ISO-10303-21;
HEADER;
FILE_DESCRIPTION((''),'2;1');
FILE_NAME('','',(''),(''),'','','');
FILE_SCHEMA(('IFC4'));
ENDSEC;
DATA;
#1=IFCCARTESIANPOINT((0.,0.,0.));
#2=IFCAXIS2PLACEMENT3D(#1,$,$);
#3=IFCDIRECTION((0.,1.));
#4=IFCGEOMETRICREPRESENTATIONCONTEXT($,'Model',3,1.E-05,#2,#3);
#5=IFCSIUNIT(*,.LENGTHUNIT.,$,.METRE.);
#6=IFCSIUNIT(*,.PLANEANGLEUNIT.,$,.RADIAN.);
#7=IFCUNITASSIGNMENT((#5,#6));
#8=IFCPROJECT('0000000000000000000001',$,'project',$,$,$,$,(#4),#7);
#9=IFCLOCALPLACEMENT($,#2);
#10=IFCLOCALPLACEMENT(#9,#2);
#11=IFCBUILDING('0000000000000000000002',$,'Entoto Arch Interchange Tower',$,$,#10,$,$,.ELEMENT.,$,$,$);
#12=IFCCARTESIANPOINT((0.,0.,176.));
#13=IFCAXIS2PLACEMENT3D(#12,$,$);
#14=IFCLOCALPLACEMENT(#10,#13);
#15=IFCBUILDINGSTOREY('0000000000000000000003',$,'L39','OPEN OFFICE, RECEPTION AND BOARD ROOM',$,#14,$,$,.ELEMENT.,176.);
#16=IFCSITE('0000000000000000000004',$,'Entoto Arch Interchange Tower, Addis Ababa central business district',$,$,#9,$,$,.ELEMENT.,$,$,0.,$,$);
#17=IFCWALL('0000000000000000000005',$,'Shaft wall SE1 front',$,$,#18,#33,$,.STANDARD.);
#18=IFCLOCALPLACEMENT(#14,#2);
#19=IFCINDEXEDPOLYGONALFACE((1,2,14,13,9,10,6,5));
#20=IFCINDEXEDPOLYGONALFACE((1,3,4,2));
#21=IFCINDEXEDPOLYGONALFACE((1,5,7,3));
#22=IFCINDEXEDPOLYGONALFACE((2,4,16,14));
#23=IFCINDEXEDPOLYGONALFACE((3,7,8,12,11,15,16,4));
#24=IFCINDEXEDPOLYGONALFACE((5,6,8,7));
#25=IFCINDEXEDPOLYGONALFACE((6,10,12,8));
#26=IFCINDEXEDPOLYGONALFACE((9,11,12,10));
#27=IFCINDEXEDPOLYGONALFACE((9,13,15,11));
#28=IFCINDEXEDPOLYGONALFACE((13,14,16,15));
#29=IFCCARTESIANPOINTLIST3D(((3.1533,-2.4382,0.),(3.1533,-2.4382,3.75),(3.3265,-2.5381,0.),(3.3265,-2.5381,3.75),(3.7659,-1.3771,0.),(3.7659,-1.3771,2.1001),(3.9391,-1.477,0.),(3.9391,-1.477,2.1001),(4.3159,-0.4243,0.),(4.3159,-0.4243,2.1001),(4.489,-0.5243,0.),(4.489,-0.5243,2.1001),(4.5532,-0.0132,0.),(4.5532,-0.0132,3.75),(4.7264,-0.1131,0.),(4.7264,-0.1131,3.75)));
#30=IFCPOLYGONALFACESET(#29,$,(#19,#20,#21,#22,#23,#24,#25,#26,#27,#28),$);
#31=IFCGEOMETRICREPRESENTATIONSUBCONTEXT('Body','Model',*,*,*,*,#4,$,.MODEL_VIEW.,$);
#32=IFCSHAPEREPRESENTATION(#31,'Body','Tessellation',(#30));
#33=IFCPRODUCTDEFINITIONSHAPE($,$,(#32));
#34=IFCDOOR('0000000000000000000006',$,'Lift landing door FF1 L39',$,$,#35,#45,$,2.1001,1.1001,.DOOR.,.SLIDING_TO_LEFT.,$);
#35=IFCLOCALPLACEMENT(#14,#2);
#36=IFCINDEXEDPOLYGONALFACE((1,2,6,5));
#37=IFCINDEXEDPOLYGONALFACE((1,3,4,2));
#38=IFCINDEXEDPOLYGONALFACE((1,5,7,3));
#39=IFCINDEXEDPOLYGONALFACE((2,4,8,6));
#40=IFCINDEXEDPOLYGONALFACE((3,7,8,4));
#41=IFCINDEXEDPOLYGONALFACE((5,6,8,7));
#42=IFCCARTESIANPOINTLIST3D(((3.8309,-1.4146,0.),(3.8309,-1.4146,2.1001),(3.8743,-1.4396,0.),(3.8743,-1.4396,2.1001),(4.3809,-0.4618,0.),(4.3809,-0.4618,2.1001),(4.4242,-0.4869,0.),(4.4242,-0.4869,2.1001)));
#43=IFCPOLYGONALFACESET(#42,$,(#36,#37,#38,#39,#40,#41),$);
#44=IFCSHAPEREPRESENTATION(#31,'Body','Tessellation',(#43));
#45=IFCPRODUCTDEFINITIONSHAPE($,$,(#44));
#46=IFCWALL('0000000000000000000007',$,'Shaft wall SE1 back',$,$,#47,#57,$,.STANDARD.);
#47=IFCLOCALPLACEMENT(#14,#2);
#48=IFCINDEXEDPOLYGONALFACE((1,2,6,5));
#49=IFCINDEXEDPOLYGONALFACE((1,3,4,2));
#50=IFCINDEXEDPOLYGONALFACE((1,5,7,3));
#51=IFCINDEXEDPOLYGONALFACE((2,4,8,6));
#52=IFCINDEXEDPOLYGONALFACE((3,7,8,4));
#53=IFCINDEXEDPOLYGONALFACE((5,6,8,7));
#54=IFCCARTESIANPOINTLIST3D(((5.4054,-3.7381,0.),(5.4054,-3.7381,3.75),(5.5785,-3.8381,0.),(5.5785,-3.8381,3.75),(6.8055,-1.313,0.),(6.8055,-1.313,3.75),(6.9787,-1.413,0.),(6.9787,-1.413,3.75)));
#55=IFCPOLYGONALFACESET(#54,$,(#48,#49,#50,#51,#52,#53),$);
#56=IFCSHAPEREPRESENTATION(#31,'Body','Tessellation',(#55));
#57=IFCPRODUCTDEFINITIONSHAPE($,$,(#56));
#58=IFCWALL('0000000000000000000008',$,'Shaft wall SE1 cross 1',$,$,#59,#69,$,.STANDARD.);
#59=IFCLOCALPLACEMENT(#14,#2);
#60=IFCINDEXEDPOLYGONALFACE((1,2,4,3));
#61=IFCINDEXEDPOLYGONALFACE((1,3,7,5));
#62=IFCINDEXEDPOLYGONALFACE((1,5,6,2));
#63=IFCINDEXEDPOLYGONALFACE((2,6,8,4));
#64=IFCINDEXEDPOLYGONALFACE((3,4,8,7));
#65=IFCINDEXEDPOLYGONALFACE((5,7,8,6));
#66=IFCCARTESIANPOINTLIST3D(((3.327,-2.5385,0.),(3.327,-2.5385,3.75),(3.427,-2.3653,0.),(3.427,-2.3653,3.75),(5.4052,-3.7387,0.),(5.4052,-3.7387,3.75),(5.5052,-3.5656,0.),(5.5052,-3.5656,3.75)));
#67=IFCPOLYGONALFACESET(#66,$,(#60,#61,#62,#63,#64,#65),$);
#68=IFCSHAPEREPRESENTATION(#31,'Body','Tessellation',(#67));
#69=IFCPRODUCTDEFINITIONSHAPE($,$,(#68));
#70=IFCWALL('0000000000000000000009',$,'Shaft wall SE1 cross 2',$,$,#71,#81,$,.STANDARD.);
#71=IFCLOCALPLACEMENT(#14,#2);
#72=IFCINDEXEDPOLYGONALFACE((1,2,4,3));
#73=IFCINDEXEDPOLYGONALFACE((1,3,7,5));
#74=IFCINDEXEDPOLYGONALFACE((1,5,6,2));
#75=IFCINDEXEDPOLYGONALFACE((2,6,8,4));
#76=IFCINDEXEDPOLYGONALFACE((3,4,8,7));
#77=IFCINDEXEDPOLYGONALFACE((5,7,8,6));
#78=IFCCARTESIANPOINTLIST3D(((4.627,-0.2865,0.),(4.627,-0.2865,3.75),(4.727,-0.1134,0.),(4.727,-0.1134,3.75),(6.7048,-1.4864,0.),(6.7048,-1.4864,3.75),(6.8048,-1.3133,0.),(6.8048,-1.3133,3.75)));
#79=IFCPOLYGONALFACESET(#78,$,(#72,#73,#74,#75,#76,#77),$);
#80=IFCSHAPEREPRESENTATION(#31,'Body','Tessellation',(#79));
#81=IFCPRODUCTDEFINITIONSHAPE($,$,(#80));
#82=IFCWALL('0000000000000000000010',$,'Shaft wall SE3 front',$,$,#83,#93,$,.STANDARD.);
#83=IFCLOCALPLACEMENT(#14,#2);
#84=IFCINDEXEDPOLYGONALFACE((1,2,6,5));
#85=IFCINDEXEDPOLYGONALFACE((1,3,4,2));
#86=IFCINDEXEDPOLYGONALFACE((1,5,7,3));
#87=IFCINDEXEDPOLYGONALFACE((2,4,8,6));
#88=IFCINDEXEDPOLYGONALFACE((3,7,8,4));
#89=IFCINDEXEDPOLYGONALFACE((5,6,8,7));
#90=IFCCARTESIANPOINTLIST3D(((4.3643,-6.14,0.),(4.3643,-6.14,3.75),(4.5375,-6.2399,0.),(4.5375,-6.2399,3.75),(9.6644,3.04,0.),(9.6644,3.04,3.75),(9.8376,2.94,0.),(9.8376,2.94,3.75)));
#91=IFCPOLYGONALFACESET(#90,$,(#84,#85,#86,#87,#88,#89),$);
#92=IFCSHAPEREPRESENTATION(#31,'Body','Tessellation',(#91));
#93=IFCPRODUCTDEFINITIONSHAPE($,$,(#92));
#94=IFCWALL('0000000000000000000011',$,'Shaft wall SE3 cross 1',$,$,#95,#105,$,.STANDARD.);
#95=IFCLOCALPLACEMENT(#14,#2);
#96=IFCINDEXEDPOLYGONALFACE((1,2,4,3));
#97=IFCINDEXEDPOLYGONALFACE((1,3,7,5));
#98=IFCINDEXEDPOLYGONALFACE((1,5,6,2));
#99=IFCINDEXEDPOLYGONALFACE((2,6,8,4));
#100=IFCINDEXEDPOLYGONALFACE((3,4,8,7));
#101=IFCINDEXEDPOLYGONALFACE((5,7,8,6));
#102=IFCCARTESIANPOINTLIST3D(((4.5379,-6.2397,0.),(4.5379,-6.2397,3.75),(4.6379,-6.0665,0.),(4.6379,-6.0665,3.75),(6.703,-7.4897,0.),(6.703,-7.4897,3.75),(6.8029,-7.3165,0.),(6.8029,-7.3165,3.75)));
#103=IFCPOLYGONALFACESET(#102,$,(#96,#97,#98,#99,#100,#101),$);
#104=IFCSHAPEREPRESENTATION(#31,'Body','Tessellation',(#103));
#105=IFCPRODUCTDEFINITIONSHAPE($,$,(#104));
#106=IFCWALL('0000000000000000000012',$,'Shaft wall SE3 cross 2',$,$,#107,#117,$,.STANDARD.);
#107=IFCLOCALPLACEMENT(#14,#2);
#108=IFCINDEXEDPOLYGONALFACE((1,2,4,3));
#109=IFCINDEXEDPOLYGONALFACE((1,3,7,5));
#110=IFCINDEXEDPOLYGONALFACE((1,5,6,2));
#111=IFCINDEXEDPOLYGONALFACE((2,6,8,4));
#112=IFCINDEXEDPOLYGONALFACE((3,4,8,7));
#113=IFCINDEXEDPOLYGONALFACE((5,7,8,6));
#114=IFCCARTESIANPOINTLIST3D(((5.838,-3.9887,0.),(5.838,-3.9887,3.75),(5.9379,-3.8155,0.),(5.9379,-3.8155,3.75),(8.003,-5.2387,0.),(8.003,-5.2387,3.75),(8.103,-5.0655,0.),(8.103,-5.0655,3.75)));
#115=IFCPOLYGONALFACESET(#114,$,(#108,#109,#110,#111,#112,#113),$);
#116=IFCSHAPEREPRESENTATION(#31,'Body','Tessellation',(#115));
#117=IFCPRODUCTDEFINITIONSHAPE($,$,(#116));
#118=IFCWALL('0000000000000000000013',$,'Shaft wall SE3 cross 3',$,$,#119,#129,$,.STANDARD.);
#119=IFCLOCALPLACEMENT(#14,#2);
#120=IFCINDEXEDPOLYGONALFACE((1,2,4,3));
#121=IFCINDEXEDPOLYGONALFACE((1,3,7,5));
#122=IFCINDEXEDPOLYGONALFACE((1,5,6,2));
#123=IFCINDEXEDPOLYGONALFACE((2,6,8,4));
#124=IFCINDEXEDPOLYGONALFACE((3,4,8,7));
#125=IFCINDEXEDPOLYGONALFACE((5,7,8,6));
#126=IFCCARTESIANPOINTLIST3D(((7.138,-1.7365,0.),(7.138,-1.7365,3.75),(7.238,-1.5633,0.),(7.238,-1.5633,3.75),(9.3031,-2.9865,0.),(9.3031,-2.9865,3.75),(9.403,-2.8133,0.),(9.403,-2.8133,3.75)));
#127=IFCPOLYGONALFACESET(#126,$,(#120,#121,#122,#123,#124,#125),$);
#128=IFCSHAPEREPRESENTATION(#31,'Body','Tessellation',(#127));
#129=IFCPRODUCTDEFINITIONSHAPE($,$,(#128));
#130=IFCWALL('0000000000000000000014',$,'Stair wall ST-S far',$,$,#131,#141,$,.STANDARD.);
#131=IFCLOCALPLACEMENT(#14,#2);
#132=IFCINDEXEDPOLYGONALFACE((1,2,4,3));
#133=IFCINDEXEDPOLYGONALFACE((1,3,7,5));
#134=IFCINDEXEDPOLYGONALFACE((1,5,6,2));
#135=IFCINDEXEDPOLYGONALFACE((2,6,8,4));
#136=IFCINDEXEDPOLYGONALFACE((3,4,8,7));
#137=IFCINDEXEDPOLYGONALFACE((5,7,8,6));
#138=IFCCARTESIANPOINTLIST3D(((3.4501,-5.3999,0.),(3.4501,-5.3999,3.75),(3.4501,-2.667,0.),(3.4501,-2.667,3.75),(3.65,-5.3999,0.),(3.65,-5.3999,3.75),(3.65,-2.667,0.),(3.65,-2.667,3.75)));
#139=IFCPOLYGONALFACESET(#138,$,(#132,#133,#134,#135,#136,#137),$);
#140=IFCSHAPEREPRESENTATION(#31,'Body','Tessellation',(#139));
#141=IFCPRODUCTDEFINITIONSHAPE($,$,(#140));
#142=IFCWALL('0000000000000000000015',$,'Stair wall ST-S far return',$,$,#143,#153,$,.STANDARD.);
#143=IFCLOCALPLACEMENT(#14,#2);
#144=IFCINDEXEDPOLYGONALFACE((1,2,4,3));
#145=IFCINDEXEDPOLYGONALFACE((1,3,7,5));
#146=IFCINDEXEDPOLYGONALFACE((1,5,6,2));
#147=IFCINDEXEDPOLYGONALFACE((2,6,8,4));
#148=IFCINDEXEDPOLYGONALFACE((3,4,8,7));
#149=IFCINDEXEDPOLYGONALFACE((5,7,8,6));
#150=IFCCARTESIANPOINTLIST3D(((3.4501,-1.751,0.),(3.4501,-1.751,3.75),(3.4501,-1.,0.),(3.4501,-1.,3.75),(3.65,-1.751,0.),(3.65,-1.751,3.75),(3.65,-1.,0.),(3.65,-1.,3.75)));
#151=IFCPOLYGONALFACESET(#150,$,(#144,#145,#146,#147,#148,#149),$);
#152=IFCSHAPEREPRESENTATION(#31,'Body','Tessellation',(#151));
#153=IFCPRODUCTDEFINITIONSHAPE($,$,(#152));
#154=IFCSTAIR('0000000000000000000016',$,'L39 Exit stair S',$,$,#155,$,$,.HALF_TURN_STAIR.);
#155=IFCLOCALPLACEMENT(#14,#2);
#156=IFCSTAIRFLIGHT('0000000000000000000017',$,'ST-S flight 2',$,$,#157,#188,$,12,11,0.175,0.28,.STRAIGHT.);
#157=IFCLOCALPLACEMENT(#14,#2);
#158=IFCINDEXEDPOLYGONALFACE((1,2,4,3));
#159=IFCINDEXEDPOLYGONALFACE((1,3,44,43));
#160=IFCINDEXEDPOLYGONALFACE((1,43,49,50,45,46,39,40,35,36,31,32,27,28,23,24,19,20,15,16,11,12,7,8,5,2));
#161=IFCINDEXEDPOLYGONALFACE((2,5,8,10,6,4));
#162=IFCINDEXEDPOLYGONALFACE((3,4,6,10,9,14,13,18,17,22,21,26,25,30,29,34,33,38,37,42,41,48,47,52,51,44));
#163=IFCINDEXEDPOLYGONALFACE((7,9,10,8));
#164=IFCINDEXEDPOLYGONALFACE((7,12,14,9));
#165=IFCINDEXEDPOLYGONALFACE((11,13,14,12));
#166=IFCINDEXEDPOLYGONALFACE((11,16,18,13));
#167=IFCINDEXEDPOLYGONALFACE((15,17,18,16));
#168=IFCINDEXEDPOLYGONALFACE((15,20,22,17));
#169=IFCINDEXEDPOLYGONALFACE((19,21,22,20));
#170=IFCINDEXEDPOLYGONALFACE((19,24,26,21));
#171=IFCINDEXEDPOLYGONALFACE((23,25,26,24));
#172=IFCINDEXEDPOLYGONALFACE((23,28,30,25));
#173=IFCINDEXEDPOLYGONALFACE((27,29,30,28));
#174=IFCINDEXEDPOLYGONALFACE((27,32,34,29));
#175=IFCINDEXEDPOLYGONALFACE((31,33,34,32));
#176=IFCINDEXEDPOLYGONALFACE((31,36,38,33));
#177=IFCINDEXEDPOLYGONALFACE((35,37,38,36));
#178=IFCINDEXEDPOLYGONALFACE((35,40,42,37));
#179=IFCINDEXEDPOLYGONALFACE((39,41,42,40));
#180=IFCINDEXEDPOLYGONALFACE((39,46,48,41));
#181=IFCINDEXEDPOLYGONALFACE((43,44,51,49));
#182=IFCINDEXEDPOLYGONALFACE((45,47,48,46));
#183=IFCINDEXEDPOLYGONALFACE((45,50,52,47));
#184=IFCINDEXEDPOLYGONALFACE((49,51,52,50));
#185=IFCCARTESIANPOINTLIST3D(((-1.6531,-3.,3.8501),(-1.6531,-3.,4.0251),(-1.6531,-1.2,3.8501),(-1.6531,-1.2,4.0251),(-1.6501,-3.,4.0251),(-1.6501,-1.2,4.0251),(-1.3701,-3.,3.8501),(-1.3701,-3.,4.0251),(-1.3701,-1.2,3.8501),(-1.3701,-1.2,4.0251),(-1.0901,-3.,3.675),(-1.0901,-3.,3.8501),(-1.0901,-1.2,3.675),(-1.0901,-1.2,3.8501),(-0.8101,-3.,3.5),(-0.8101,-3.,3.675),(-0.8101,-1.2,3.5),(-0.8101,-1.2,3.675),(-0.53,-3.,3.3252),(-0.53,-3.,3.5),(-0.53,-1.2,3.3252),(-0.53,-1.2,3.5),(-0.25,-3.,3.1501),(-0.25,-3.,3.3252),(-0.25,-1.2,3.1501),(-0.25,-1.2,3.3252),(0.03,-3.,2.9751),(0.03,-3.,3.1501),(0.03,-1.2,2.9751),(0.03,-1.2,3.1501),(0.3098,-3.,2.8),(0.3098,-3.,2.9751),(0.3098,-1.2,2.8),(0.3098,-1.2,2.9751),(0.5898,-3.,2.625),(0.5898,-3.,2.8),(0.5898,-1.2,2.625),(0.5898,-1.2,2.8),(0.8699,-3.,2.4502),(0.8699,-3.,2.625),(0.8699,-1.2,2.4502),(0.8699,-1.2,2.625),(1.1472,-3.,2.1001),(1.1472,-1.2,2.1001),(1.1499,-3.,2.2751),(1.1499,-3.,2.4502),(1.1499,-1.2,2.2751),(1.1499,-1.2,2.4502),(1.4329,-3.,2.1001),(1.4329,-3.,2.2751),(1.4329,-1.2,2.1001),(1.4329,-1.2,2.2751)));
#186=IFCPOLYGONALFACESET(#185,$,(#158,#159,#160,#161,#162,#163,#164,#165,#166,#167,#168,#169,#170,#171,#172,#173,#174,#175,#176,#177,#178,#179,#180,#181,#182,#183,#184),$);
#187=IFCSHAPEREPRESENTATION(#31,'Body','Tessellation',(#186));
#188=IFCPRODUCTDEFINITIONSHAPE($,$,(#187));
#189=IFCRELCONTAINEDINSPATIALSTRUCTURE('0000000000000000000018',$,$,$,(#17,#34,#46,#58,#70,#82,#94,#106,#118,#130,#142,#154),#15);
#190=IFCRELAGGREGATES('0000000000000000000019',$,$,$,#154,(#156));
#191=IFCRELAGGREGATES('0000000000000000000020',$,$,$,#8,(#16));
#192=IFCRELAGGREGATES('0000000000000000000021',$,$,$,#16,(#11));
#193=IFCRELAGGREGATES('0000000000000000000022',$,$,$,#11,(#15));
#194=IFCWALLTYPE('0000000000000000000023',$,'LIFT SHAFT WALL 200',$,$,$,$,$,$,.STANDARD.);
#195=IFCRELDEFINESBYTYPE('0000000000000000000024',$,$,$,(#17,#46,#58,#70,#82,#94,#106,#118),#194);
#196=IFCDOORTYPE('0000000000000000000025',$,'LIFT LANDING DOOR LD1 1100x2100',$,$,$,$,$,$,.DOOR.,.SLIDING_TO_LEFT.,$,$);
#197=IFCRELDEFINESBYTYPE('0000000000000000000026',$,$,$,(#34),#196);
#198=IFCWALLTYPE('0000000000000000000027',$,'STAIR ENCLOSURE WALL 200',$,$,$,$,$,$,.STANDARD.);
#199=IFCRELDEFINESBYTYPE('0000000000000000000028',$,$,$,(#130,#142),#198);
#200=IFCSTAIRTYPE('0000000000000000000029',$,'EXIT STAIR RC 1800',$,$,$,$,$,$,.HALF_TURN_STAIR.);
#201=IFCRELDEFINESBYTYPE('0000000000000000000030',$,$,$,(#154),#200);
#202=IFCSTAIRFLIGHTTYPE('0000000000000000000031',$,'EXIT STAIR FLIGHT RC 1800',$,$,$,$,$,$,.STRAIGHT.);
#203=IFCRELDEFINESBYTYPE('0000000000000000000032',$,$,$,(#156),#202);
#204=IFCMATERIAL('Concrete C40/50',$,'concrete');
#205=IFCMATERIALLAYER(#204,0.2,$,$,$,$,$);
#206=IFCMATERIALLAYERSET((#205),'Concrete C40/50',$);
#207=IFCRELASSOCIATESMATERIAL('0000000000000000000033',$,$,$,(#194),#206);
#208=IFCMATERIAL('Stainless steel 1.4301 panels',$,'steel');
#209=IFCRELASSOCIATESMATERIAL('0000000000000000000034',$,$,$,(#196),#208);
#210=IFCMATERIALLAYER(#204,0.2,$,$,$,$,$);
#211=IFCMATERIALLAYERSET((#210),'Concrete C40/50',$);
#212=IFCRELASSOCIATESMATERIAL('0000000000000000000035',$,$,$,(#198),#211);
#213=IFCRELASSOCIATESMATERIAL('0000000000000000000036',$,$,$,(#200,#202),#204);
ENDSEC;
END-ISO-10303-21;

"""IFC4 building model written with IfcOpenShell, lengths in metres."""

from ifc_helpers import new_model, si_unit, direction, frame, frame_2d, origin, place, context, subcontext, project, spatial, polyline, rectangle, outline, extrude, material, layer, layer_set, type_object, element, fill, aggregate, save


model = new_model("IFC4")

# Units and contexts
model_context = context("Model", 3, precision=1e-05, world=origin(), true_north=direction((0.0, 1.0)))
body_context = subcontext(model_context, "Body", "Model", "MODEL_VIEW")
ifc_project = project(units=[si_unit("LENGTHUNIT", "METRE"), si_unit("PLANEANGLEUNIT", "RADIAN")], contexts=[model_context])

# Site, building, storey
site_placement = place(None, origin())
site = spatial("IfcSite", under=ifc_project, at=site_placement, Name="Entoto Arch Interchange Tower, Addis Ababa central business district", CompositionType="ELEMENT", RefElevation=0.0)
building_placement = place(site_placement, origin())
building = spatial("IfcBuilding", under=site, at=building_placement, Name="Entoto Arch Interchange Tower", CompositionType="ELEMENT")
storey_placement = place(building_placement, frame((0.0, 0.0, 176.0)))
storey = spatial("IfcBuildingStorey", under=building, at=storey_placement, Name="L39", Description="OPEN OFFICE, RECEPTION AND BOARD ROOM", CompositionType="ELEMENT", Elevation=176.0)

# Wall, opening, door
ifc_material_1 = material(Name="Concrete C40/50", Category="concrete")
ifc_material_2 = material(Name="Stainless steel 1.4301 panels", Category="steel")
ifc_layer_1 = layer(ifc_material_1, 0.2)
ifc_layer_set_1 = layer_set([ifc_layer_1], Name="Concrete C40/50")
wall_type_1 = type_object("IfcWallType", Name="LIFT SHAFT WALL 200", PredefinedType="STANDARD", material=ifc_layer_set_1)
wall_1_placement = place(storey_placement, frame((3.24, -2.488, 0.0), z_axis=(0.0, 0.0, 1.0), x_axis=(0.499946, 0.866056, 0.0)))
wall_1 = element("IfcWall", 1, at=wall_1_placement, inside=storey, type_object=wall_type_1, Name="Shaft wall SE1 front", PredefinedType="STANDARD", context=body_context, shape_type="SweptSolid", body=[
    extrude(rectangle(XDim=2.8, YDim=0.2, at=frame_2d((1.3999, 0.0))), origin(), (0.0, 0.0, 1.0), 3.75),
])
opening_1_placement = place(wall_1_placement, frame((1.2251, 0.0, 0.0)))
opening_1 = element("IfcOpeningElement", 2, at=opening_1_placement, cuts=wall_1, PredefinedType="OPENING", context=body_context, shape_type="SweptSolid", body=[
    extrude(rectangle(XDim=1.1001, YDim=2.1001, at=frame_2d((0.55, 1.05))), frame((0.0, 0.1099, 0.0), z_axis=(0.0, -1.0, 0.0), x_axis=(1.0, 0.0, 0.0)), (0.0, 0.0, 1.0), 0.22),
])
door_type_1 = type_object("IfcDoorType", Name="LIFT LANDING DOOR LD1 1100x2100", OperationType="SLIDING_TO_LEFT", PredefinedType="DOOR", material=ifc_material_2)
door_1_placement = place(opening_1_placement, origin())
door_1 = element("IfcDoor", 3, at=door_1_placement, inside=storey, type_object=door_type_1, Name="Lift landing door FF1 L39", OperationType="SLIDING_TO_LEFT", OverallHeight=2.1001, OverallWidth=1.1001, PredefinedType="DOOR", context=body_context, shape_type="SweptSolid", body=[
    extrude(rectangle(XDim=1.1001, YDim=2.1001, at=frame_2d((0.55, 1.05))), frame((0.0, 0.0249, 0.0), z_axis=(0.0, -1.0, 0.0), x_axis=(1.0, 0.0, 0.0)), (0.0, 0.0, 1.0), 0.05),
])
fill(opening_1, door_1)

# Walls
wall_2_placement = place(storey_placement, frame((5.4919, -3.7881, 0.0), z_axis=(0.0, 0.0, 1.0), x_axis=(0.500012, 0.866019, 0.0)))
element("IfcWall", 4, at=wall_2_placement, inside=storey, type_object=wall_type_1, Name="Shaft wall SE1 back", PredefinedType="STANDARD", context=body_context, shape_type="SweptSolid", body=[
    extrude(rectangle(XDim=2.8003, YDim=0.2, at=frame_2d((1.4001, 0.0))), origin(), (0.0, 0.0, 1.0), 3.75),
])
wall_3_placement = place(storey_placement, frame((3.377, -2.4519, 0.0), z_axis=(0.0, 0.0, 1.0), x_axis=(0.865955, -0.500122, 0.0)))
element("IfcWall", 5, at=wall_3_placement, inside=storey, type_object=wall_type_1, Name="Shaft wall SE1 cross 1", PredefinedType="STANDARD", context=body_context, shape_type="SweptSolid", body=[
    extrude(rectangle(XDim=2.3999, YDim=0.2, at=frame_2d((1.2, 0.0))), origin(), (0.0, 0.0, 1.0), 3.75),
])
wall_4_placement = place(storey_placement, frame((4.677, -0.2, 0.0), z_axis=(0.0, 0.0, 1.0), x_axis=(0.865974, -0.500089, 0.0)))
element("IfcWall", 6, at=wall_4_placement, inside=storey, type_object=wall_type_1, Name="Shaft wall SE1 cross 2", PredefinedType="STANDARD", context=body_context, shape_type="SweptSolid", body=[
    extrude(rectangle(XDim=2.3994, YDim=0.2, at=frame_2d((1.1997, 0.0))), origin(), (0.0, 0.0, 1.0), 3.75),
])
wall_5_placement = place(storey_placement, frame((4.4509, -6.1899, 0.0), z_axis=(0.0, 0.0, 1.0), x_axis=(0.500001, 0.866025, 0.0)))
element("IfcWall", 7, at=wall_5_placement, inside=storey, type_object=wall_type_1, Name="Shaft wall SE3 front", PredefinedType="STANDARD", context=body_context, shape_type="SweptSolid", body=[
    extrude(rectangle(XDim=10.6001, YDim=0.2, at=frame_2d((5.3, 0.0))), origin(), (0.0, 0.0, 1.0), 3.75),
])
for number, where, z_axis, x_axis, name in (
    (8, (4.5879, -6.1531, 0.0), (0.0, 0.0, 1.0), (0.866023, -0.500004, 0.0), "Shaft wall SE3 cross 1"),
    (9, (5.8879, -3.9021, 0.0), (0.0, 0.0, 1.0), (0.866023, -0.500004, 0.0), "Shaft wall SE3 cross 2"),
    (10, (7.188, -1.6499, 0.0), (0.0, 0.0, 1.0), (0.866023, -0.500004, 0.0), "Shaft wall SE3 cross 3"),
):
    element("IfcWall", number, at=place(storey_placement, frame(where, z_axis=z_axis, x_axis=x_axis)), inside=storey, type_object=wall_type_1, Name=name, PredefinedType="STANDARD", context=body_context, shape_type="SweptSolid", body=[
        extrude(rectangle(XDim=2.5, YDim=0.2, at=frame_2d((1.25, 0.0))), origin(), (0.0, 0.0, 1.0), 3.75),
    ])
ifc_layer_2 = layer(ifc_material_1, 0.2)
ifc_layer_set_2 = layer_set([ifc_layer_2], Name="Concrete C40/50")
wall_type_2 = type_object("IfcWallType", Name="STAIR ENCLOSURE WALL 200", PredefinedType="STANDARD", material=ifc_layer_set_2)
wall_6_placement = place(storey_placement, frame((3.55, -2.667, 0.0), z_axis=(0.0, 0.0, 1.0), x_axis=(0.0, -1.0, 0.0)))
element("IfcWall", 11, at=wall_6_placement, inside=storey, type_object=wall_type_2, Name="Stair wall ST-S far", PredefinedType="STANDARD", context=body_context, shape_type="SweptSolid", body=[
    extrude(rectangle(XDim=2.7329, YDim=0.2, at=frame_2d((1.3665, 0.0))), origin(), (0.0, 0.0, 1.0), 3.75),
])
wall_7_placement = place(storey_placement, frame((3.55, -1.0, 0.0), z_axis=(0.0, 0.0, 1.0), x_axis=(0.0, -1.0, 0.0)))
element("IfcWall", 12, at=wall_7_placement, inside=storey, type_object=wall_type_2, Name="Stair wall ST-S far return", PredefinedType="STANDARD", context=body_context, shape_type="SweptSolid", body=[
    extrude(rectangle(XDim=0.751, YDim=0.2, at=frame_2d((0.3755, 0.0))), origin(), (0.0, 0.0, 1.0), 3.75),
])

# Stair, stair flight
stair_type = type_object("IfcStairType", Name="EXIT STAIR RC 1800", PredefinedType="HALF_TURN_STAIR", material=ifc_material_1)
stair_placement = place(storey_placement, origin())
stair = element("IfcStair", 13, at=stair_placement, inside=storey, type_object=stair_type, Name="L39 Exit stair S", PredefinedType="HALF_TURN_STAIR")
stair_flight_type = type_object("IfcStairFlightType", Name="EXIT STAIR FLIGHT RC 1800", PredefinedType="STRAIGHT", material=ifc_material_1)
stair_flight_placement = place(storey_placement, frame((1.4299, -2.1001, 2.1001), z_axis=(0.0, 0.0, 1.0), x_axis=(-1.0, 0.0, 0.0)))
stair_flight = element("IfcStairFlight", 14, at=stair_flight_placement, type_object=stair_flight_type, Name="ST-S flight 2", NumberOfRisers=12, NumberOfTreads=11, PredefinedType="STRAIGHT", RiserHeight=0.175, TreadLength=0.28, context=body_context, shape_type="SweptSolid", body=[
    extrude(outline(polyline([(-0.0029, 0.0), (-0.0029, 0.175), (0.28, 0.175), (0.28, 0.3501), (0.5601, 0.3501), (0.5601, 0.5249), (0.8401, 0.5249), (0.8401, 0.7), (1.1201, 0.7), (1.1201, 0.875), (1.3999, 0.875), (1.3999, 1.05), (1.6799, 1.05), (1.6799, 1.2251), (1.96, 1.2251), (1.96, 1.3999), (2.24, 1.3999), (2.24, 1.575), (2.52, 1.575), (2.52, 1.75), (2.8, 1.75), (2.8, 1.925), (3.0801, 1.925), (3.083, 1.925), (3.083, 1.75), (0.2827, 0.0), (-0.0029, 0.0)])), frame((0.0, 0.8999, 0.0), z_axis=(0.0, -1.0, 0.0), x_axis=(1.0, 0.0, 0.0)), (0.0, 0.0, 1.0), 1.8),
])
aggregate(stair, [stair_flight])

save(model, "model.ifc")
